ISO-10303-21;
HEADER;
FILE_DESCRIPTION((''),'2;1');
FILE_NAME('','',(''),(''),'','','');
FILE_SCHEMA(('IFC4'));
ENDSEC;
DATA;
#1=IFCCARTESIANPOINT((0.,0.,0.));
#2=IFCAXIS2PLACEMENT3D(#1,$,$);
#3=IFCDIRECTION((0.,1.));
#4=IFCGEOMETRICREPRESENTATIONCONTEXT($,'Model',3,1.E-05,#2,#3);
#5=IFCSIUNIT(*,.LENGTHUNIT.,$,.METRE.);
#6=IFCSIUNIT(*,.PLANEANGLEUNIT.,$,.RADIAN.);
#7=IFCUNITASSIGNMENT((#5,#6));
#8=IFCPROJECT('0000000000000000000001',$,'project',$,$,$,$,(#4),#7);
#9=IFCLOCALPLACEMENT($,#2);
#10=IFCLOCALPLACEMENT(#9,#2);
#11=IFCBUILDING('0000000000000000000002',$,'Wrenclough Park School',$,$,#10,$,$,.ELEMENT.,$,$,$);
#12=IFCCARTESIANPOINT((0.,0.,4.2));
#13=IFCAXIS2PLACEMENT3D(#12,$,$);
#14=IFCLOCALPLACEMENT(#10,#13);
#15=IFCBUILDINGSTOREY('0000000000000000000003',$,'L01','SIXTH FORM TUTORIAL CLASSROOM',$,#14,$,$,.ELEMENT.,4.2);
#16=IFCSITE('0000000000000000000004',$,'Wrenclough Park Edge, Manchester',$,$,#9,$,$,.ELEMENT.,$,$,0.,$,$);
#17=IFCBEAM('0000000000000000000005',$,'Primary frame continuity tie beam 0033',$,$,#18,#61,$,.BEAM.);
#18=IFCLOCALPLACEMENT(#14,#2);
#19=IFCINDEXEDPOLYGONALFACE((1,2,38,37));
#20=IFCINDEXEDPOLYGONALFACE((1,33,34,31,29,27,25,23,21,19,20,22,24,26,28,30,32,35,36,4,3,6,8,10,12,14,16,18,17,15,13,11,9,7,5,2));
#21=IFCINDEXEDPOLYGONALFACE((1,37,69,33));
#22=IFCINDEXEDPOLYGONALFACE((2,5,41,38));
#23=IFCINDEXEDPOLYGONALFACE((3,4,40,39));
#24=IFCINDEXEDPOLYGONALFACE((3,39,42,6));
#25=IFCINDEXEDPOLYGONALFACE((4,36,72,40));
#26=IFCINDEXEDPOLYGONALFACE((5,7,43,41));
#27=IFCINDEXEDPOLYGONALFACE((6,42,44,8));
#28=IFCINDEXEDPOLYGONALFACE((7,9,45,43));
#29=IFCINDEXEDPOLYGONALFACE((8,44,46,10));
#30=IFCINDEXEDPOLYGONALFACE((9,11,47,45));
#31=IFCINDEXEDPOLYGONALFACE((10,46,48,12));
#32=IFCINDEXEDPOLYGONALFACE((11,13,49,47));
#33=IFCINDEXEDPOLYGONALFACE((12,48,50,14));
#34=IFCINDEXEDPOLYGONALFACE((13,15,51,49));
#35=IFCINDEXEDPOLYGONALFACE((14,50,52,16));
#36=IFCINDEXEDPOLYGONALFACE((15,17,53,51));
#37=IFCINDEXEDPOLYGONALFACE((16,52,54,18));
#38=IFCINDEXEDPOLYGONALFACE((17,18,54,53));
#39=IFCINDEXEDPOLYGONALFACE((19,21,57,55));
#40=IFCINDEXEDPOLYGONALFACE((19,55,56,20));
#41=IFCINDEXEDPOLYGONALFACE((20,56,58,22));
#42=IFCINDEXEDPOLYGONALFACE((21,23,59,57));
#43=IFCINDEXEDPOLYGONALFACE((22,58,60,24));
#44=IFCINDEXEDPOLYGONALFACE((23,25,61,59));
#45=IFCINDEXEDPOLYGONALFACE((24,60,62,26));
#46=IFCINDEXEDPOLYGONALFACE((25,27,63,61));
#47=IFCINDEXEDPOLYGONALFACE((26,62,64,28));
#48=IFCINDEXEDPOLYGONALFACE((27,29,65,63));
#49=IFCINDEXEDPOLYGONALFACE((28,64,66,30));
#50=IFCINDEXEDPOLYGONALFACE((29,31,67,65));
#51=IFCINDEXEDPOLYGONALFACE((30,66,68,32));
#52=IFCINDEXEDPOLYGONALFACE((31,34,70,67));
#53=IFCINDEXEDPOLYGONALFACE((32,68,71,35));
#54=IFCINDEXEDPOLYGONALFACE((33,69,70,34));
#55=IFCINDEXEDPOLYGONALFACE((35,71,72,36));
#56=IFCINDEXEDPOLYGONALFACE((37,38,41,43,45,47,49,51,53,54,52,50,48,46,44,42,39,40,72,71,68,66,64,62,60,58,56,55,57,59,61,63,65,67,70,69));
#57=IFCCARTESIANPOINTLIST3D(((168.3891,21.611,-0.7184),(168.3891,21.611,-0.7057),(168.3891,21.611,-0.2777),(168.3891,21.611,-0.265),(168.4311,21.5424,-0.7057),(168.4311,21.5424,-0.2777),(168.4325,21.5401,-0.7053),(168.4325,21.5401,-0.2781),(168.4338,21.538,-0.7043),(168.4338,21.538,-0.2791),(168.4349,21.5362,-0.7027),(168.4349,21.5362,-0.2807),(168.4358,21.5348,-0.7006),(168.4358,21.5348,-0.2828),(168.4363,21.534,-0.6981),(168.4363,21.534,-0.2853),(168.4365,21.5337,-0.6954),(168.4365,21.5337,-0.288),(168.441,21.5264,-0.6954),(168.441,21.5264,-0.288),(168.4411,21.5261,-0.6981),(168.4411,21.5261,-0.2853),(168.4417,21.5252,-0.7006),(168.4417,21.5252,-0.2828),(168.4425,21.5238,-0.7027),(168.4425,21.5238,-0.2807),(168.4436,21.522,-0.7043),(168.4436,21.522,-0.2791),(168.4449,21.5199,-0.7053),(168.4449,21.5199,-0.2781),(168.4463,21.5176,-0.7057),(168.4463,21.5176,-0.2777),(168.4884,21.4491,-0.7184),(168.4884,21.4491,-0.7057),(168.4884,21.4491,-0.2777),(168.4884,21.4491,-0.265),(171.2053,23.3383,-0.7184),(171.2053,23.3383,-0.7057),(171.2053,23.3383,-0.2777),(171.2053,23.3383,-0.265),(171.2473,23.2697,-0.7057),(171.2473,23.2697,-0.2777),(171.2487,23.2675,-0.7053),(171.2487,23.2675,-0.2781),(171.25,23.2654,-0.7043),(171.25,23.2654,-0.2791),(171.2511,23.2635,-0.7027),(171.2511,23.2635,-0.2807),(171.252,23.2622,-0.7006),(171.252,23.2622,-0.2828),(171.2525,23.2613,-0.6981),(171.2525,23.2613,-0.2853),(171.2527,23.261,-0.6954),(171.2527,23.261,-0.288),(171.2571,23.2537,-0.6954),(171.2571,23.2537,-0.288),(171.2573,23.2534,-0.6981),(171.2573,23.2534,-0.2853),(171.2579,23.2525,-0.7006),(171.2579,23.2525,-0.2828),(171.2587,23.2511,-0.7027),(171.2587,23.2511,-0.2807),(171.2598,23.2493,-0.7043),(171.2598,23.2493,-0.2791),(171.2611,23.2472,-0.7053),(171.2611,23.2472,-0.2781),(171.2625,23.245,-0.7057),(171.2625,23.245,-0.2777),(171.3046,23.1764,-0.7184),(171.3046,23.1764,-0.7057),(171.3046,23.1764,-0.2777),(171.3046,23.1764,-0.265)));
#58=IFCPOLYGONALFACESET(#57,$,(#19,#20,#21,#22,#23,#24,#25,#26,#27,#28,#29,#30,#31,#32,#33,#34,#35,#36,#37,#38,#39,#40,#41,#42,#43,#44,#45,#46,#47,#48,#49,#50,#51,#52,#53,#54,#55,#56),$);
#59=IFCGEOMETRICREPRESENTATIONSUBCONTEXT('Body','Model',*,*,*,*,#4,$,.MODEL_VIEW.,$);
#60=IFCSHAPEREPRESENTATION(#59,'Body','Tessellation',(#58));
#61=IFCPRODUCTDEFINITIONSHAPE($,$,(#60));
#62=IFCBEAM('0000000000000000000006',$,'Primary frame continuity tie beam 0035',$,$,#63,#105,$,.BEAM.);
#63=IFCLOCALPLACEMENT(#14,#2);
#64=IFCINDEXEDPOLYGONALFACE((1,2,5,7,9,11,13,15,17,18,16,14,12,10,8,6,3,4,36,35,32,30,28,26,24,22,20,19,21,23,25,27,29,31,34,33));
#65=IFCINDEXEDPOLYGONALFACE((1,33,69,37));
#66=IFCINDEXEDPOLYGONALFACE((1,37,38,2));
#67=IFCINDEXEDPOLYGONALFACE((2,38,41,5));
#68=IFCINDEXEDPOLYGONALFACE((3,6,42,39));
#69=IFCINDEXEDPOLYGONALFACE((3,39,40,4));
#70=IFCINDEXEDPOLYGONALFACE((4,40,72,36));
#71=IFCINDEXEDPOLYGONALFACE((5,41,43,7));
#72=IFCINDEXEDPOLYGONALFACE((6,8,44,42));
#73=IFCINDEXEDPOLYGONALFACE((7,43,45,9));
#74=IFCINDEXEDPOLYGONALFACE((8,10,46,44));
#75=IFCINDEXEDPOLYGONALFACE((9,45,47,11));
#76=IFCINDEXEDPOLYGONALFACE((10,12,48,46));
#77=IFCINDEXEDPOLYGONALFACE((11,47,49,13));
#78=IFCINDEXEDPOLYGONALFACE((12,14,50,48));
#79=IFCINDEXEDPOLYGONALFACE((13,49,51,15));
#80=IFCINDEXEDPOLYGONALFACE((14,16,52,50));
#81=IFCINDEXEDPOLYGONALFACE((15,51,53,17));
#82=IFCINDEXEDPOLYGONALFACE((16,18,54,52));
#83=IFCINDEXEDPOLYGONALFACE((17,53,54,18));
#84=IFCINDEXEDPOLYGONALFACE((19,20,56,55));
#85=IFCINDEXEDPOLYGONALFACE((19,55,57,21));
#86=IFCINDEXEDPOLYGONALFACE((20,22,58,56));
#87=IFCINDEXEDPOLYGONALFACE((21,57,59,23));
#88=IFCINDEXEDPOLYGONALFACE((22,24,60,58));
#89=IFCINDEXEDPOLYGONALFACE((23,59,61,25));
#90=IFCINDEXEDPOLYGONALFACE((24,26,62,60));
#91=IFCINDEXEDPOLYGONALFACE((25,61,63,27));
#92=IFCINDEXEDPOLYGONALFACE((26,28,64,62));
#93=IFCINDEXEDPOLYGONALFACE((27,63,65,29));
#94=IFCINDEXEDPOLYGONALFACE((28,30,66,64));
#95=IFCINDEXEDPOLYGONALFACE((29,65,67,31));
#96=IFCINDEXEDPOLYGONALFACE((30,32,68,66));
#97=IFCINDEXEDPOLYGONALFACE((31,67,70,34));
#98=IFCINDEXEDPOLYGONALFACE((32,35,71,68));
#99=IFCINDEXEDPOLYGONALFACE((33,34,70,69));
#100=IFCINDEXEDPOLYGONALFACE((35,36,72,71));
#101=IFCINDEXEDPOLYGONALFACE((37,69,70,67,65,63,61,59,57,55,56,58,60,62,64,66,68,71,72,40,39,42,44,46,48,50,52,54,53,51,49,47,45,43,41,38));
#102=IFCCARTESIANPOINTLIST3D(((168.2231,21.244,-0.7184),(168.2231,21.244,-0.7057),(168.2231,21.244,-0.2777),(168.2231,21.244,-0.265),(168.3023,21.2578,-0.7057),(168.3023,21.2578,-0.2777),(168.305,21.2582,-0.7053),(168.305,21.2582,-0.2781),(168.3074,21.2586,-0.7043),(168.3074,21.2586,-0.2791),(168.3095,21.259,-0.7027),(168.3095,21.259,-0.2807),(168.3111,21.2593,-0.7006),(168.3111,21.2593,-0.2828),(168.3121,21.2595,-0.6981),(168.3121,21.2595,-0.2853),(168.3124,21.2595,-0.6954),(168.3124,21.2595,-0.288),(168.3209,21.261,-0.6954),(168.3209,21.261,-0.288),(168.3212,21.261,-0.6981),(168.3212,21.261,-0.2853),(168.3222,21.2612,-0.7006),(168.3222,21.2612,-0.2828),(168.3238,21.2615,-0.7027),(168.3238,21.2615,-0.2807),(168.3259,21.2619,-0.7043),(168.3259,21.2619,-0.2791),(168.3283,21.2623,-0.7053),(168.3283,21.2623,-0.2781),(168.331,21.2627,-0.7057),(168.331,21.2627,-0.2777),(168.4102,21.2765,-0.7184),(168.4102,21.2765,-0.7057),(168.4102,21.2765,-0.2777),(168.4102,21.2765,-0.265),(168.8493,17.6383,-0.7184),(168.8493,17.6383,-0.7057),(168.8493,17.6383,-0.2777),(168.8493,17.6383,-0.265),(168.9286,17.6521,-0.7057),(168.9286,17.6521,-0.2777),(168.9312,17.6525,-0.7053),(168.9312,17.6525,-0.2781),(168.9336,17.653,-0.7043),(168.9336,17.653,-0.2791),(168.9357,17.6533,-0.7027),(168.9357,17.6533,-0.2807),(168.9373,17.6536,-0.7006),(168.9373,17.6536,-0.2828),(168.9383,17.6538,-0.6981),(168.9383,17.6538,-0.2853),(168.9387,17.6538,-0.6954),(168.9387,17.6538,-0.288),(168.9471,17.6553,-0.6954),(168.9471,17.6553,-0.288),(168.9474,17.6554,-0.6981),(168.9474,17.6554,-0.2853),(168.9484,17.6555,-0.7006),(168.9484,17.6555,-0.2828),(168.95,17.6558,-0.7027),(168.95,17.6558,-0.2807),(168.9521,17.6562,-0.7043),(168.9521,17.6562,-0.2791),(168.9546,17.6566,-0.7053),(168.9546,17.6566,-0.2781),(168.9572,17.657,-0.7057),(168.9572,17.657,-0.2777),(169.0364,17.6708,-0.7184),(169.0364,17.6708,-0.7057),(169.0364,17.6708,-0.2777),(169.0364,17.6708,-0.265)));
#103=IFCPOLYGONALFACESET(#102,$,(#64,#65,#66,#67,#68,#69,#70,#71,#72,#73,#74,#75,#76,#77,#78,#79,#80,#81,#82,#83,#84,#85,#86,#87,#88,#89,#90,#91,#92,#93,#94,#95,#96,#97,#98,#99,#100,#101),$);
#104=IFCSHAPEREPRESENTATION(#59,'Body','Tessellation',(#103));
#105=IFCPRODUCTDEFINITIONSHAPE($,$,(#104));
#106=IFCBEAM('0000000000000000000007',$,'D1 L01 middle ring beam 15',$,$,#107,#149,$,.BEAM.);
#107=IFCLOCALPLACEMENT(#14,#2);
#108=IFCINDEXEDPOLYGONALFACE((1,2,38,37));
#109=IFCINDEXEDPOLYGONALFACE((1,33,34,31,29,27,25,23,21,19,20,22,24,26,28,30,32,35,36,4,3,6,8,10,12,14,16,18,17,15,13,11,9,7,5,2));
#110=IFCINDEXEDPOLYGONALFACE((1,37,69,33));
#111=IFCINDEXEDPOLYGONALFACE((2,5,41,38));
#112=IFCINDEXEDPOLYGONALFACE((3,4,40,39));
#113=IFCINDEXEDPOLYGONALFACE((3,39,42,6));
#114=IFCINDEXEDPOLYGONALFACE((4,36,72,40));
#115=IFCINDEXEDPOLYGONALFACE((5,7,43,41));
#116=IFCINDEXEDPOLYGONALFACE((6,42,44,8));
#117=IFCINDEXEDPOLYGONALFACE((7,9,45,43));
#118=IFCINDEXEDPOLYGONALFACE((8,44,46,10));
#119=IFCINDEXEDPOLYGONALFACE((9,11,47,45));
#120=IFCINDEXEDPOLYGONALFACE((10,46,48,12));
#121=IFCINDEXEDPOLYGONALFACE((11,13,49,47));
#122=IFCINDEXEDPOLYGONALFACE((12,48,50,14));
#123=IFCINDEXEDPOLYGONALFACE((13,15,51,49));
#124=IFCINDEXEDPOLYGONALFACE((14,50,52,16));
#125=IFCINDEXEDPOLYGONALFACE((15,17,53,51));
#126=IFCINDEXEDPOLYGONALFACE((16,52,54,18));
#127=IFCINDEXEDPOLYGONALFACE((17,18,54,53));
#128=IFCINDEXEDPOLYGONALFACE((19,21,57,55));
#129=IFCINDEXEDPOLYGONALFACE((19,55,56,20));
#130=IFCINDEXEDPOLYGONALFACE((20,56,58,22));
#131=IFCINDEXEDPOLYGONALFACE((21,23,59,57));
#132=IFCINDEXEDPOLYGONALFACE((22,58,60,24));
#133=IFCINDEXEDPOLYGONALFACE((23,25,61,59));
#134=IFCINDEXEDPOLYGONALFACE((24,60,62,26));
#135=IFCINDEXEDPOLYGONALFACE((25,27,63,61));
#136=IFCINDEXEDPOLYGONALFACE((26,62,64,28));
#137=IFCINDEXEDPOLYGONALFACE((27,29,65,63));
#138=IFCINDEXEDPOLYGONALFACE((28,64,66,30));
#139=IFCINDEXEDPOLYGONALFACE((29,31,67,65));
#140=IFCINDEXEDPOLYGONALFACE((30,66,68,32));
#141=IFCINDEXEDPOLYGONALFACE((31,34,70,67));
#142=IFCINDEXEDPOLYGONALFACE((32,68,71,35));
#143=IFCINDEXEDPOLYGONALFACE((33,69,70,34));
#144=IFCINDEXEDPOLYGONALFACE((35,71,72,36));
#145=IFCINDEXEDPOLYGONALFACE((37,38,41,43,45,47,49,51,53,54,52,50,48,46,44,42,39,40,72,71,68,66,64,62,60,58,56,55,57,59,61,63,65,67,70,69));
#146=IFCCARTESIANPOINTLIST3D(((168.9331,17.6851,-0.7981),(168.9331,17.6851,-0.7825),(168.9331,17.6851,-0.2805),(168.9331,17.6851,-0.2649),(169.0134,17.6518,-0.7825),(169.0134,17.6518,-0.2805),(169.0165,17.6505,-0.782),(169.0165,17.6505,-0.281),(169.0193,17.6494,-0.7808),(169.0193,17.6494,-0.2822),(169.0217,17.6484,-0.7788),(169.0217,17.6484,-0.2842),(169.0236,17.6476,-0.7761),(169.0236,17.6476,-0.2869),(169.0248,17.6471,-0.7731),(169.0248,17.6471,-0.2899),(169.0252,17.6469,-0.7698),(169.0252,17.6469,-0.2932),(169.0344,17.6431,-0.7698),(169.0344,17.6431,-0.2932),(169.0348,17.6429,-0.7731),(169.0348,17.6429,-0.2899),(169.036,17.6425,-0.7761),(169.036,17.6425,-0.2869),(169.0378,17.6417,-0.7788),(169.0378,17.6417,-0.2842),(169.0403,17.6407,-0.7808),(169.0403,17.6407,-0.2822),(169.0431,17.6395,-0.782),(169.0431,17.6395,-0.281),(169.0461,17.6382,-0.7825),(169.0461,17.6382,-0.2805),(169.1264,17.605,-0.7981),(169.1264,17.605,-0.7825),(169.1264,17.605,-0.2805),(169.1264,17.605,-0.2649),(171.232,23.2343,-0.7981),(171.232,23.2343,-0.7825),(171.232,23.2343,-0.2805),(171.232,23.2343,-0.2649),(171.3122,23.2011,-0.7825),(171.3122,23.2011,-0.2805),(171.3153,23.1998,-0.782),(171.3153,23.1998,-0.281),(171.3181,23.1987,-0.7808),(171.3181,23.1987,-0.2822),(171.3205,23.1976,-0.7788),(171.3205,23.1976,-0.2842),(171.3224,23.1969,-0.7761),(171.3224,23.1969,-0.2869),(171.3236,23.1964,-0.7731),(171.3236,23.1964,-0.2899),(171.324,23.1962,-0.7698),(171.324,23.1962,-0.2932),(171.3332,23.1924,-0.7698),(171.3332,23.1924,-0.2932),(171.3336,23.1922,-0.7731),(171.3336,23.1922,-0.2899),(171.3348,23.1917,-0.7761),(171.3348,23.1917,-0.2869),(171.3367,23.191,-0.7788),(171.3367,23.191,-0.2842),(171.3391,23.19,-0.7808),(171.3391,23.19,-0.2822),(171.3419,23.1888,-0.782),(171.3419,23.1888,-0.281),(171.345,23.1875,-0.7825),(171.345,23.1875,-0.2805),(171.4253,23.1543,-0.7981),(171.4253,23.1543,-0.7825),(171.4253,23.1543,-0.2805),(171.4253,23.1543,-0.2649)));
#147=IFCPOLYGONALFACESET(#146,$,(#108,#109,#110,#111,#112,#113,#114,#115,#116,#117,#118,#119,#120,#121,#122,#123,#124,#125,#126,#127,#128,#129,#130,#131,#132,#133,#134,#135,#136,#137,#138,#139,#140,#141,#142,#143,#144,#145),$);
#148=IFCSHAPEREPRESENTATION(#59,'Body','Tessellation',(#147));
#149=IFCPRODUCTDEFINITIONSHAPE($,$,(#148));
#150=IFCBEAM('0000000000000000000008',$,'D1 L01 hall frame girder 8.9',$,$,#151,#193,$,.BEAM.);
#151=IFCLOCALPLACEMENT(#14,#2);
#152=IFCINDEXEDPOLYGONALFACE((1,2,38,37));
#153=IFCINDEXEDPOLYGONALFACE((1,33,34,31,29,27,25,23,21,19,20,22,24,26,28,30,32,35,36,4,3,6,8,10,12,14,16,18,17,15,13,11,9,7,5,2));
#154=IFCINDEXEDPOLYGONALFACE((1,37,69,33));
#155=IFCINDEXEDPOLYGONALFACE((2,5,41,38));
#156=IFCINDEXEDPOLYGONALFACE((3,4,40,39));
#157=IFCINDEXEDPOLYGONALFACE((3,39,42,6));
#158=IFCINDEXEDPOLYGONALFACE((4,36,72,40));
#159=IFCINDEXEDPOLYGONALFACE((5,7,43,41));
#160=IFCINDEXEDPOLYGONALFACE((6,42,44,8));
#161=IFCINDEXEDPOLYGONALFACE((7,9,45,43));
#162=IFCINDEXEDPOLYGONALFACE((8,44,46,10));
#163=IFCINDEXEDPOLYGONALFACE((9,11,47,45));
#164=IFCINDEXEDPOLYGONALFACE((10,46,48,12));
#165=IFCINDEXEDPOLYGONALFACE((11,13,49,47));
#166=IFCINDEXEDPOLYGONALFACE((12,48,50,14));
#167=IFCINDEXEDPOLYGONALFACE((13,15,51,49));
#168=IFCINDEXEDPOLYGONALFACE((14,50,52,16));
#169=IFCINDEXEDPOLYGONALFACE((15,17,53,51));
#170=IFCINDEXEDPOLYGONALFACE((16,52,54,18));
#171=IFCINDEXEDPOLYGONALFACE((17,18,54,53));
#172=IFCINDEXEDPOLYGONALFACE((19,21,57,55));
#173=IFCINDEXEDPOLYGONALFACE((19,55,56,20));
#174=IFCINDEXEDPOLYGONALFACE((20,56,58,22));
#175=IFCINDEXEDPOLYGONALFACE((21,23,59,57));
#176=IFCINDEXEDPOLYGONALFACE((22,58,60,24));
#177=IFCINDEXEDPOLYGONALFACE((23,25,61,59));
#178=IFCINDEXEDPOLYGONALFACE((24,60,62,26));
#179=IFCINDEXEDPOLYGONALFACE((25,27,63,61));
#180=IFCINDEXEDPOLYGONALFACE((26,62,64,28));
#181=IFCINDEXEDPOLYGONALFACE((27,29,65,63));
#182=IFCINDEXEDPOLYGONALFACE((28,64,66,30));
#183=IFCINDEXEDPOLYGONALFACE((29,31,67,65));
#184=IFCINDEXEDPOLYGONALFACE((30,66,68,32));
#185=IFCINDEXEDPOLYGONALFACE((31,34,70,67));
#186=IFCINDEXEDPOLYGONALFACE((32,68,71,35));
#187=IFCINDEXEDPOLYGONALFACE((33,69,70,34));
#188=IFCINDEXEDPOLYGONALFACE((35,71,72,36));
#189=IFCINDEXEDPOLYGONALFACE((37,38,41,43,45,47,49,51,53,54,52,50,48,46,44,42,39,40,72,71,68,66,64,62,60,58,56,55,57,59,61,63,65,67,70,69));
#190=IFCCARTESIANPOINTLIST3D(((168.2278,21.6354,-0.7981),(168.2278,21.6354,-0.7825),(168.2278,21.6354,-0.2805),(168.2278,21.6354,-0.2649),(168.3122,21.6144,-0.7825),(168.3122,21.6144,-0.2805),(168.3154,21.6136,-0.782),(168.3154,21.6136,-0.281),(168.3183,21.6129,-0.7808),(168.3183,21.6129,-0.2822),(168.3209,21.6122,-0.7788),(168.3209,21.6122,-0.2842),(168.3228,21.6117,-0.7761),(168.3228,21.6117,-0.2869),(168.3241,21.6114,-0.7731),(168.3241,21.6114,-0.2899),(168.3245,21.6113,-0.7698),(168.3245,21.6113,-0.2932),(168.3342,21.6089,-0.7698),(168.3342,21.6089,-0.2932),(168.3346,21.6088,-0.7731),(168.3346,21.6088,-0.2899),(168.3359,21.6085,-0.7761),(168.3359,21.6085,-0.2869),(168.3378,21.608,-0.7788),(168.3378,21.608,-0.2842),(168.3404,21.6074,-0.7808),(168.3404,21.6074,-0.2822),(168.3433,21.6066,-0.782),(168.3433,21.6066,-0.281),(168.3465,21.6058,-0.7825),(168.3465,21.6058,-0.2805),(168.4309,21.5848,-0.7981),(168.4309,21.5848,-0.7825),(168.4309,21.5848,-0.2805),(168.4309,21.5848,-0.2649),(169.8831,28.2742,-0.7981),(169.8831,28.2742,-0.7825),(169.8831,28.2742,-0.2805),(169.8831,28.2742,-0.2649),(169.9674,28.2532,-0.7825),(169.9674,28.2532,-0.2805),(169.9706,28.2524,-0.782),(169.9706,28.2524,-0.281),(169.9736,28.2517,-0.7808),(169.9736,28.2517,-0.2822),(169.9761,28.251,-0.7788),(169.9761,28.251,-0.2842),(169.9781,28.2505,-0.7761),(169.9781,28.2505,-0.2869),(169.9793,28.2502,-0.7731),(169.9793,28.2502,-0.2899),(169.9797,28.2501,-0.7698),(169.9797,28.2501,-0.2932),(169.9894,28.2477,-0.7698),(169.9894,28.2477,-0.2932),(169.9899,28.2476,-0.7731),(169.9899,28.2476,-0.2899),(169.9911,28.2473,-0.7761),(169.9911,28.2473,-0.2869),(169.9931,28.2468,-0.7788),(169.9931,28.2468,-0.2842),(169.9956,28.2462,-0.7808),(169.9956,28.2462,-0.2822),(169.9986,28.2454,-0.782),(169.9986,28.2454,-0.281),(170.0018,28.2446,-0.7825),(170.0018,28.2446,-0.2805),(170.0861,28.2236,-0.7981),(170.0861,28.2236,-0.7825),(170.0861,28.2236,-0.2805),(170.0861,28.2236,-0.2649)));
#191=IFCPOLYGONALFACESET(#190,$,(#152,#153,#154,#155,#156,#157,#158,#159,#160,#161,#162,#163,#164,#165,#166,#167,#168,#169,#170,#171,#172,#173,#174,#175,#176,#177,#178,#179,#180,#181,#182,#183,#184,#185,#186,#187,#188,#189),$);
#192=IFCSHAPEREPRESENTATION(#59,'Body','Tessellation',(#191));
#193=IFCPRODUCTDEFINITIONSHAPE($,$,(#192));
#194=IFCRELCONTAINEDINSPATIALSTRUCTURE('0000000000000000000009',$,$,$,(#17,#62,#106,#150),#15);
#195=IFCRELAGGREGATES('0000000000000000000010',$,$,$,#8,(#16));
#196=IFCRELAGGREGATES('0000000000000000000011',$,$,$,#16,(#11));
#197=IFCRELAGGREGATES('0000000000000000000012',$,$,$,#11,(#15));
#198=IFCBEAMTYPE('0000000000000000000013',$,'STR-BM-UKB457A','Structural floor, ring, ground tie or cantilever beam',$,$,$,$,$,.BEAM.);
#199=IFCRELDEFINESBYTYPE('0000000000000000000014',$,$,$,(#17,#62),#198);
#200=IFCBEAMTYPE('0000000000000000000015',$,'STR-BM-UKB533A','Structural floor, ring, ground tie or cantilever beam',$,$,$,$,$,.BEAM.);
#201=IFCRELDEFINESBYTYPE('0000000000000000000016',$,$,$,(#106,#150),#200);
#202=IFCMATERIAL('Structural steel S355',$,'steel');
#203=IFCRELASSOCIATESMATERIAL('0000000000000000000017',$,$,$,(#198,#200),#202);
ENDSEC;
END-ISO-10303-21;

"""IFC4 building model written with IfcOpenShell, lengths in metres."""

from ifc_helpers import new_model, si_unit, direction, frame, origin, origin_2d, place, context, subcontext, project, spatial, i_section, extrude, material, material_profile, profile_set, type_object, element, save


model = new_model("IFC4")

# Units and contexts
model_context = context("Model", 3, precision=1e-05, world=origin(), true_north=direction((0.0, 1.0)))
body_context = subcontext(model_context, "Body", "Model", "MODEL_VIEW")
ifc_project = project(units=[si_unit("LENGTHUNIT", "METRE"), si_unit("PLANEANGLEUNIT", "RADIAN")], contexts=[model_context])

# Site, building, storey
site_placement = place(None, origin())
site = spatial("IfcSite", under=ifc_project, at=site_placement, Name="Wrenclough Park Edge, Manchester", CompositionType="ELEMENT", RefElevation=0.0)
building_placement = place(site_placement, origin())
building = spatial("IfcBuilding", under=site, at=building_placement, Name="Wrenclough Park School", CompositionType="ELEMENT")
storey_placement = place(building_placement, frame((0.0, 0.0, 4.2)))
storey = spatial("IfcBuildingStorey", under=building, at=storey_placement, Name="L01", Description="SIXTH FORM TUTORIAL CLASSROOM", CompositionType="ELEMENT", Elevation=4.2)

# Shared definitions
ifc_material_1 = material(Name="Structural steel S355", Category="steel")

# Beams
ifc_material_profile_1 = material_profile(ifc_material_1, i_section(OverallWidth=0.1899, OverallDepth=0.4534, WebThickness=0.0085, FlangeThickness=0.0127, FilletRadius=0.0103, at=origin_2d()), Name="UKB 457x191x67")
ifc_profile_set_1 = profile_set([ifc_material_profile_1], Name="Structural steel S355")
beam_type_1 = type_object("IfcBeamType", Name="STR-BM-UKB457A", Description="Structural floor, ring, ground tie or cantilever beam", PredefinedType="BEAM", material=ifc_profile_set_1)
beam_1_placement = place(storey_placement, frame((168.4387, 21.53, -0.4917), z_axis=(0.852431, 0.522839, 0.0), x_axis=(-0.522839, 0.852431, 0.0)))
element("IfcBeam", 1, at=beam_1_placement, inside=storey, type_object=beam_type_1, Name="Primary frame continuity tie beam 0033", PredefinedType="BEAM", context=body_context, shape_type="SweptSolid", body=[
    extrude(i_section(OverallWidth=0.1899, OverallDepth=0.4534, WebThickness=0.0085, FlangeThickness=0.0127, FilletRadius=0.0103, at=origin_2d()), origin(), (0.0, 0.0, 1.0), 3.3037),
])
beam_2_placement = place(storey_placement, frame((168.3167, 21.2603, -0.4917), z_axis=(0.171113, -0.985251, 0.0), x_axis=(0.985251, 0.171113, 0.0)))
element("IfcBeam", 2, at=beam_2_placement, inside=storey, type_object=beam_type_1, Name="Primary frame continuity tie beam 0035", PredefinedType="BEAM", context=body_context, shape_type="SweptSolid", body=[
    extrude(i_section(OverallWidth=0.1899, OverallDepth=0.4534, WebThickness=0.0085, FlangeThickness=0.0127, FilletRadius=0.0103, at=origin_2d()), origin(), (0.0, 0.0, 1.0), 3.6597),
])
ifc_material_profile_2 = material_profile(ifc_material_1, i_section(OverallWidth=0.2092, OverallDepth=0.5332, WebThickness=0.01, FlangeThickness=0.0156, FilletRadius=0.0127, at=origin_2d()), Name="UKB 533x210x92")
ifc_profile_set_2 = profile_set([ifc_material_profile_2], Name="Structural steel S355")
beam_type_2 = type_object("IfcBeamType", Name="STR-BM-UKB533A", Description="Structural floor, ring, ground tie or cantilever beam", PredefinedType="BEAM", material=ifc_profile_set_2)
beam_3_placement = place(storey_placement, frame((169.0298, 17.645, -0.5315), z_axis=(0.382716, 0.923866, 0.0), x_axis=(-0.923866, 0.382716, 0.0)))
element("IfcBeam", 3, at=beam_3_placement, inside=storey, type_object=beam_type_2, Name="D1 L01 middle ring beam 15", PredefinedType="BEAM", context=body_context, shape_type="SweptSolid", body=[
    extrude(i_section(OverallWidth=0.2092, OverallDepth=0.5332, WebThickness=0.01, FlangeThickness=0.0156, FilletRadius=0.0127, at=origin_2d()), origin(), (0.0, 0.0, 1.0), 6.0066),
])
beam_4_placement = place(storey_placement, frame((168.3293, 21.6101, -0.5315), z_axis=(0.241923, 0.970296, 0.0), x_axis=(-0.970296, 0.241923, 0.0)))
element("IfcBeam", 4, at=beam_4_placement, inside=storey, type_object=beam_type_2, Name="D1 L01 hall frame girder 8.9", PredefinedType="BEAM", context=body_context, shape_type="SweptSolid", body=[
    extrude(i_section(OverallWidth=0.2092, OverallDepth=0.5332, WebThickness=0.01, FlangeThickness=0.0156, FilletRadius=0.0127, at=origin_2d()), origin(), (0.0, 0.0, 1.0), 6.842),
])

save(model, "model.ifc")
